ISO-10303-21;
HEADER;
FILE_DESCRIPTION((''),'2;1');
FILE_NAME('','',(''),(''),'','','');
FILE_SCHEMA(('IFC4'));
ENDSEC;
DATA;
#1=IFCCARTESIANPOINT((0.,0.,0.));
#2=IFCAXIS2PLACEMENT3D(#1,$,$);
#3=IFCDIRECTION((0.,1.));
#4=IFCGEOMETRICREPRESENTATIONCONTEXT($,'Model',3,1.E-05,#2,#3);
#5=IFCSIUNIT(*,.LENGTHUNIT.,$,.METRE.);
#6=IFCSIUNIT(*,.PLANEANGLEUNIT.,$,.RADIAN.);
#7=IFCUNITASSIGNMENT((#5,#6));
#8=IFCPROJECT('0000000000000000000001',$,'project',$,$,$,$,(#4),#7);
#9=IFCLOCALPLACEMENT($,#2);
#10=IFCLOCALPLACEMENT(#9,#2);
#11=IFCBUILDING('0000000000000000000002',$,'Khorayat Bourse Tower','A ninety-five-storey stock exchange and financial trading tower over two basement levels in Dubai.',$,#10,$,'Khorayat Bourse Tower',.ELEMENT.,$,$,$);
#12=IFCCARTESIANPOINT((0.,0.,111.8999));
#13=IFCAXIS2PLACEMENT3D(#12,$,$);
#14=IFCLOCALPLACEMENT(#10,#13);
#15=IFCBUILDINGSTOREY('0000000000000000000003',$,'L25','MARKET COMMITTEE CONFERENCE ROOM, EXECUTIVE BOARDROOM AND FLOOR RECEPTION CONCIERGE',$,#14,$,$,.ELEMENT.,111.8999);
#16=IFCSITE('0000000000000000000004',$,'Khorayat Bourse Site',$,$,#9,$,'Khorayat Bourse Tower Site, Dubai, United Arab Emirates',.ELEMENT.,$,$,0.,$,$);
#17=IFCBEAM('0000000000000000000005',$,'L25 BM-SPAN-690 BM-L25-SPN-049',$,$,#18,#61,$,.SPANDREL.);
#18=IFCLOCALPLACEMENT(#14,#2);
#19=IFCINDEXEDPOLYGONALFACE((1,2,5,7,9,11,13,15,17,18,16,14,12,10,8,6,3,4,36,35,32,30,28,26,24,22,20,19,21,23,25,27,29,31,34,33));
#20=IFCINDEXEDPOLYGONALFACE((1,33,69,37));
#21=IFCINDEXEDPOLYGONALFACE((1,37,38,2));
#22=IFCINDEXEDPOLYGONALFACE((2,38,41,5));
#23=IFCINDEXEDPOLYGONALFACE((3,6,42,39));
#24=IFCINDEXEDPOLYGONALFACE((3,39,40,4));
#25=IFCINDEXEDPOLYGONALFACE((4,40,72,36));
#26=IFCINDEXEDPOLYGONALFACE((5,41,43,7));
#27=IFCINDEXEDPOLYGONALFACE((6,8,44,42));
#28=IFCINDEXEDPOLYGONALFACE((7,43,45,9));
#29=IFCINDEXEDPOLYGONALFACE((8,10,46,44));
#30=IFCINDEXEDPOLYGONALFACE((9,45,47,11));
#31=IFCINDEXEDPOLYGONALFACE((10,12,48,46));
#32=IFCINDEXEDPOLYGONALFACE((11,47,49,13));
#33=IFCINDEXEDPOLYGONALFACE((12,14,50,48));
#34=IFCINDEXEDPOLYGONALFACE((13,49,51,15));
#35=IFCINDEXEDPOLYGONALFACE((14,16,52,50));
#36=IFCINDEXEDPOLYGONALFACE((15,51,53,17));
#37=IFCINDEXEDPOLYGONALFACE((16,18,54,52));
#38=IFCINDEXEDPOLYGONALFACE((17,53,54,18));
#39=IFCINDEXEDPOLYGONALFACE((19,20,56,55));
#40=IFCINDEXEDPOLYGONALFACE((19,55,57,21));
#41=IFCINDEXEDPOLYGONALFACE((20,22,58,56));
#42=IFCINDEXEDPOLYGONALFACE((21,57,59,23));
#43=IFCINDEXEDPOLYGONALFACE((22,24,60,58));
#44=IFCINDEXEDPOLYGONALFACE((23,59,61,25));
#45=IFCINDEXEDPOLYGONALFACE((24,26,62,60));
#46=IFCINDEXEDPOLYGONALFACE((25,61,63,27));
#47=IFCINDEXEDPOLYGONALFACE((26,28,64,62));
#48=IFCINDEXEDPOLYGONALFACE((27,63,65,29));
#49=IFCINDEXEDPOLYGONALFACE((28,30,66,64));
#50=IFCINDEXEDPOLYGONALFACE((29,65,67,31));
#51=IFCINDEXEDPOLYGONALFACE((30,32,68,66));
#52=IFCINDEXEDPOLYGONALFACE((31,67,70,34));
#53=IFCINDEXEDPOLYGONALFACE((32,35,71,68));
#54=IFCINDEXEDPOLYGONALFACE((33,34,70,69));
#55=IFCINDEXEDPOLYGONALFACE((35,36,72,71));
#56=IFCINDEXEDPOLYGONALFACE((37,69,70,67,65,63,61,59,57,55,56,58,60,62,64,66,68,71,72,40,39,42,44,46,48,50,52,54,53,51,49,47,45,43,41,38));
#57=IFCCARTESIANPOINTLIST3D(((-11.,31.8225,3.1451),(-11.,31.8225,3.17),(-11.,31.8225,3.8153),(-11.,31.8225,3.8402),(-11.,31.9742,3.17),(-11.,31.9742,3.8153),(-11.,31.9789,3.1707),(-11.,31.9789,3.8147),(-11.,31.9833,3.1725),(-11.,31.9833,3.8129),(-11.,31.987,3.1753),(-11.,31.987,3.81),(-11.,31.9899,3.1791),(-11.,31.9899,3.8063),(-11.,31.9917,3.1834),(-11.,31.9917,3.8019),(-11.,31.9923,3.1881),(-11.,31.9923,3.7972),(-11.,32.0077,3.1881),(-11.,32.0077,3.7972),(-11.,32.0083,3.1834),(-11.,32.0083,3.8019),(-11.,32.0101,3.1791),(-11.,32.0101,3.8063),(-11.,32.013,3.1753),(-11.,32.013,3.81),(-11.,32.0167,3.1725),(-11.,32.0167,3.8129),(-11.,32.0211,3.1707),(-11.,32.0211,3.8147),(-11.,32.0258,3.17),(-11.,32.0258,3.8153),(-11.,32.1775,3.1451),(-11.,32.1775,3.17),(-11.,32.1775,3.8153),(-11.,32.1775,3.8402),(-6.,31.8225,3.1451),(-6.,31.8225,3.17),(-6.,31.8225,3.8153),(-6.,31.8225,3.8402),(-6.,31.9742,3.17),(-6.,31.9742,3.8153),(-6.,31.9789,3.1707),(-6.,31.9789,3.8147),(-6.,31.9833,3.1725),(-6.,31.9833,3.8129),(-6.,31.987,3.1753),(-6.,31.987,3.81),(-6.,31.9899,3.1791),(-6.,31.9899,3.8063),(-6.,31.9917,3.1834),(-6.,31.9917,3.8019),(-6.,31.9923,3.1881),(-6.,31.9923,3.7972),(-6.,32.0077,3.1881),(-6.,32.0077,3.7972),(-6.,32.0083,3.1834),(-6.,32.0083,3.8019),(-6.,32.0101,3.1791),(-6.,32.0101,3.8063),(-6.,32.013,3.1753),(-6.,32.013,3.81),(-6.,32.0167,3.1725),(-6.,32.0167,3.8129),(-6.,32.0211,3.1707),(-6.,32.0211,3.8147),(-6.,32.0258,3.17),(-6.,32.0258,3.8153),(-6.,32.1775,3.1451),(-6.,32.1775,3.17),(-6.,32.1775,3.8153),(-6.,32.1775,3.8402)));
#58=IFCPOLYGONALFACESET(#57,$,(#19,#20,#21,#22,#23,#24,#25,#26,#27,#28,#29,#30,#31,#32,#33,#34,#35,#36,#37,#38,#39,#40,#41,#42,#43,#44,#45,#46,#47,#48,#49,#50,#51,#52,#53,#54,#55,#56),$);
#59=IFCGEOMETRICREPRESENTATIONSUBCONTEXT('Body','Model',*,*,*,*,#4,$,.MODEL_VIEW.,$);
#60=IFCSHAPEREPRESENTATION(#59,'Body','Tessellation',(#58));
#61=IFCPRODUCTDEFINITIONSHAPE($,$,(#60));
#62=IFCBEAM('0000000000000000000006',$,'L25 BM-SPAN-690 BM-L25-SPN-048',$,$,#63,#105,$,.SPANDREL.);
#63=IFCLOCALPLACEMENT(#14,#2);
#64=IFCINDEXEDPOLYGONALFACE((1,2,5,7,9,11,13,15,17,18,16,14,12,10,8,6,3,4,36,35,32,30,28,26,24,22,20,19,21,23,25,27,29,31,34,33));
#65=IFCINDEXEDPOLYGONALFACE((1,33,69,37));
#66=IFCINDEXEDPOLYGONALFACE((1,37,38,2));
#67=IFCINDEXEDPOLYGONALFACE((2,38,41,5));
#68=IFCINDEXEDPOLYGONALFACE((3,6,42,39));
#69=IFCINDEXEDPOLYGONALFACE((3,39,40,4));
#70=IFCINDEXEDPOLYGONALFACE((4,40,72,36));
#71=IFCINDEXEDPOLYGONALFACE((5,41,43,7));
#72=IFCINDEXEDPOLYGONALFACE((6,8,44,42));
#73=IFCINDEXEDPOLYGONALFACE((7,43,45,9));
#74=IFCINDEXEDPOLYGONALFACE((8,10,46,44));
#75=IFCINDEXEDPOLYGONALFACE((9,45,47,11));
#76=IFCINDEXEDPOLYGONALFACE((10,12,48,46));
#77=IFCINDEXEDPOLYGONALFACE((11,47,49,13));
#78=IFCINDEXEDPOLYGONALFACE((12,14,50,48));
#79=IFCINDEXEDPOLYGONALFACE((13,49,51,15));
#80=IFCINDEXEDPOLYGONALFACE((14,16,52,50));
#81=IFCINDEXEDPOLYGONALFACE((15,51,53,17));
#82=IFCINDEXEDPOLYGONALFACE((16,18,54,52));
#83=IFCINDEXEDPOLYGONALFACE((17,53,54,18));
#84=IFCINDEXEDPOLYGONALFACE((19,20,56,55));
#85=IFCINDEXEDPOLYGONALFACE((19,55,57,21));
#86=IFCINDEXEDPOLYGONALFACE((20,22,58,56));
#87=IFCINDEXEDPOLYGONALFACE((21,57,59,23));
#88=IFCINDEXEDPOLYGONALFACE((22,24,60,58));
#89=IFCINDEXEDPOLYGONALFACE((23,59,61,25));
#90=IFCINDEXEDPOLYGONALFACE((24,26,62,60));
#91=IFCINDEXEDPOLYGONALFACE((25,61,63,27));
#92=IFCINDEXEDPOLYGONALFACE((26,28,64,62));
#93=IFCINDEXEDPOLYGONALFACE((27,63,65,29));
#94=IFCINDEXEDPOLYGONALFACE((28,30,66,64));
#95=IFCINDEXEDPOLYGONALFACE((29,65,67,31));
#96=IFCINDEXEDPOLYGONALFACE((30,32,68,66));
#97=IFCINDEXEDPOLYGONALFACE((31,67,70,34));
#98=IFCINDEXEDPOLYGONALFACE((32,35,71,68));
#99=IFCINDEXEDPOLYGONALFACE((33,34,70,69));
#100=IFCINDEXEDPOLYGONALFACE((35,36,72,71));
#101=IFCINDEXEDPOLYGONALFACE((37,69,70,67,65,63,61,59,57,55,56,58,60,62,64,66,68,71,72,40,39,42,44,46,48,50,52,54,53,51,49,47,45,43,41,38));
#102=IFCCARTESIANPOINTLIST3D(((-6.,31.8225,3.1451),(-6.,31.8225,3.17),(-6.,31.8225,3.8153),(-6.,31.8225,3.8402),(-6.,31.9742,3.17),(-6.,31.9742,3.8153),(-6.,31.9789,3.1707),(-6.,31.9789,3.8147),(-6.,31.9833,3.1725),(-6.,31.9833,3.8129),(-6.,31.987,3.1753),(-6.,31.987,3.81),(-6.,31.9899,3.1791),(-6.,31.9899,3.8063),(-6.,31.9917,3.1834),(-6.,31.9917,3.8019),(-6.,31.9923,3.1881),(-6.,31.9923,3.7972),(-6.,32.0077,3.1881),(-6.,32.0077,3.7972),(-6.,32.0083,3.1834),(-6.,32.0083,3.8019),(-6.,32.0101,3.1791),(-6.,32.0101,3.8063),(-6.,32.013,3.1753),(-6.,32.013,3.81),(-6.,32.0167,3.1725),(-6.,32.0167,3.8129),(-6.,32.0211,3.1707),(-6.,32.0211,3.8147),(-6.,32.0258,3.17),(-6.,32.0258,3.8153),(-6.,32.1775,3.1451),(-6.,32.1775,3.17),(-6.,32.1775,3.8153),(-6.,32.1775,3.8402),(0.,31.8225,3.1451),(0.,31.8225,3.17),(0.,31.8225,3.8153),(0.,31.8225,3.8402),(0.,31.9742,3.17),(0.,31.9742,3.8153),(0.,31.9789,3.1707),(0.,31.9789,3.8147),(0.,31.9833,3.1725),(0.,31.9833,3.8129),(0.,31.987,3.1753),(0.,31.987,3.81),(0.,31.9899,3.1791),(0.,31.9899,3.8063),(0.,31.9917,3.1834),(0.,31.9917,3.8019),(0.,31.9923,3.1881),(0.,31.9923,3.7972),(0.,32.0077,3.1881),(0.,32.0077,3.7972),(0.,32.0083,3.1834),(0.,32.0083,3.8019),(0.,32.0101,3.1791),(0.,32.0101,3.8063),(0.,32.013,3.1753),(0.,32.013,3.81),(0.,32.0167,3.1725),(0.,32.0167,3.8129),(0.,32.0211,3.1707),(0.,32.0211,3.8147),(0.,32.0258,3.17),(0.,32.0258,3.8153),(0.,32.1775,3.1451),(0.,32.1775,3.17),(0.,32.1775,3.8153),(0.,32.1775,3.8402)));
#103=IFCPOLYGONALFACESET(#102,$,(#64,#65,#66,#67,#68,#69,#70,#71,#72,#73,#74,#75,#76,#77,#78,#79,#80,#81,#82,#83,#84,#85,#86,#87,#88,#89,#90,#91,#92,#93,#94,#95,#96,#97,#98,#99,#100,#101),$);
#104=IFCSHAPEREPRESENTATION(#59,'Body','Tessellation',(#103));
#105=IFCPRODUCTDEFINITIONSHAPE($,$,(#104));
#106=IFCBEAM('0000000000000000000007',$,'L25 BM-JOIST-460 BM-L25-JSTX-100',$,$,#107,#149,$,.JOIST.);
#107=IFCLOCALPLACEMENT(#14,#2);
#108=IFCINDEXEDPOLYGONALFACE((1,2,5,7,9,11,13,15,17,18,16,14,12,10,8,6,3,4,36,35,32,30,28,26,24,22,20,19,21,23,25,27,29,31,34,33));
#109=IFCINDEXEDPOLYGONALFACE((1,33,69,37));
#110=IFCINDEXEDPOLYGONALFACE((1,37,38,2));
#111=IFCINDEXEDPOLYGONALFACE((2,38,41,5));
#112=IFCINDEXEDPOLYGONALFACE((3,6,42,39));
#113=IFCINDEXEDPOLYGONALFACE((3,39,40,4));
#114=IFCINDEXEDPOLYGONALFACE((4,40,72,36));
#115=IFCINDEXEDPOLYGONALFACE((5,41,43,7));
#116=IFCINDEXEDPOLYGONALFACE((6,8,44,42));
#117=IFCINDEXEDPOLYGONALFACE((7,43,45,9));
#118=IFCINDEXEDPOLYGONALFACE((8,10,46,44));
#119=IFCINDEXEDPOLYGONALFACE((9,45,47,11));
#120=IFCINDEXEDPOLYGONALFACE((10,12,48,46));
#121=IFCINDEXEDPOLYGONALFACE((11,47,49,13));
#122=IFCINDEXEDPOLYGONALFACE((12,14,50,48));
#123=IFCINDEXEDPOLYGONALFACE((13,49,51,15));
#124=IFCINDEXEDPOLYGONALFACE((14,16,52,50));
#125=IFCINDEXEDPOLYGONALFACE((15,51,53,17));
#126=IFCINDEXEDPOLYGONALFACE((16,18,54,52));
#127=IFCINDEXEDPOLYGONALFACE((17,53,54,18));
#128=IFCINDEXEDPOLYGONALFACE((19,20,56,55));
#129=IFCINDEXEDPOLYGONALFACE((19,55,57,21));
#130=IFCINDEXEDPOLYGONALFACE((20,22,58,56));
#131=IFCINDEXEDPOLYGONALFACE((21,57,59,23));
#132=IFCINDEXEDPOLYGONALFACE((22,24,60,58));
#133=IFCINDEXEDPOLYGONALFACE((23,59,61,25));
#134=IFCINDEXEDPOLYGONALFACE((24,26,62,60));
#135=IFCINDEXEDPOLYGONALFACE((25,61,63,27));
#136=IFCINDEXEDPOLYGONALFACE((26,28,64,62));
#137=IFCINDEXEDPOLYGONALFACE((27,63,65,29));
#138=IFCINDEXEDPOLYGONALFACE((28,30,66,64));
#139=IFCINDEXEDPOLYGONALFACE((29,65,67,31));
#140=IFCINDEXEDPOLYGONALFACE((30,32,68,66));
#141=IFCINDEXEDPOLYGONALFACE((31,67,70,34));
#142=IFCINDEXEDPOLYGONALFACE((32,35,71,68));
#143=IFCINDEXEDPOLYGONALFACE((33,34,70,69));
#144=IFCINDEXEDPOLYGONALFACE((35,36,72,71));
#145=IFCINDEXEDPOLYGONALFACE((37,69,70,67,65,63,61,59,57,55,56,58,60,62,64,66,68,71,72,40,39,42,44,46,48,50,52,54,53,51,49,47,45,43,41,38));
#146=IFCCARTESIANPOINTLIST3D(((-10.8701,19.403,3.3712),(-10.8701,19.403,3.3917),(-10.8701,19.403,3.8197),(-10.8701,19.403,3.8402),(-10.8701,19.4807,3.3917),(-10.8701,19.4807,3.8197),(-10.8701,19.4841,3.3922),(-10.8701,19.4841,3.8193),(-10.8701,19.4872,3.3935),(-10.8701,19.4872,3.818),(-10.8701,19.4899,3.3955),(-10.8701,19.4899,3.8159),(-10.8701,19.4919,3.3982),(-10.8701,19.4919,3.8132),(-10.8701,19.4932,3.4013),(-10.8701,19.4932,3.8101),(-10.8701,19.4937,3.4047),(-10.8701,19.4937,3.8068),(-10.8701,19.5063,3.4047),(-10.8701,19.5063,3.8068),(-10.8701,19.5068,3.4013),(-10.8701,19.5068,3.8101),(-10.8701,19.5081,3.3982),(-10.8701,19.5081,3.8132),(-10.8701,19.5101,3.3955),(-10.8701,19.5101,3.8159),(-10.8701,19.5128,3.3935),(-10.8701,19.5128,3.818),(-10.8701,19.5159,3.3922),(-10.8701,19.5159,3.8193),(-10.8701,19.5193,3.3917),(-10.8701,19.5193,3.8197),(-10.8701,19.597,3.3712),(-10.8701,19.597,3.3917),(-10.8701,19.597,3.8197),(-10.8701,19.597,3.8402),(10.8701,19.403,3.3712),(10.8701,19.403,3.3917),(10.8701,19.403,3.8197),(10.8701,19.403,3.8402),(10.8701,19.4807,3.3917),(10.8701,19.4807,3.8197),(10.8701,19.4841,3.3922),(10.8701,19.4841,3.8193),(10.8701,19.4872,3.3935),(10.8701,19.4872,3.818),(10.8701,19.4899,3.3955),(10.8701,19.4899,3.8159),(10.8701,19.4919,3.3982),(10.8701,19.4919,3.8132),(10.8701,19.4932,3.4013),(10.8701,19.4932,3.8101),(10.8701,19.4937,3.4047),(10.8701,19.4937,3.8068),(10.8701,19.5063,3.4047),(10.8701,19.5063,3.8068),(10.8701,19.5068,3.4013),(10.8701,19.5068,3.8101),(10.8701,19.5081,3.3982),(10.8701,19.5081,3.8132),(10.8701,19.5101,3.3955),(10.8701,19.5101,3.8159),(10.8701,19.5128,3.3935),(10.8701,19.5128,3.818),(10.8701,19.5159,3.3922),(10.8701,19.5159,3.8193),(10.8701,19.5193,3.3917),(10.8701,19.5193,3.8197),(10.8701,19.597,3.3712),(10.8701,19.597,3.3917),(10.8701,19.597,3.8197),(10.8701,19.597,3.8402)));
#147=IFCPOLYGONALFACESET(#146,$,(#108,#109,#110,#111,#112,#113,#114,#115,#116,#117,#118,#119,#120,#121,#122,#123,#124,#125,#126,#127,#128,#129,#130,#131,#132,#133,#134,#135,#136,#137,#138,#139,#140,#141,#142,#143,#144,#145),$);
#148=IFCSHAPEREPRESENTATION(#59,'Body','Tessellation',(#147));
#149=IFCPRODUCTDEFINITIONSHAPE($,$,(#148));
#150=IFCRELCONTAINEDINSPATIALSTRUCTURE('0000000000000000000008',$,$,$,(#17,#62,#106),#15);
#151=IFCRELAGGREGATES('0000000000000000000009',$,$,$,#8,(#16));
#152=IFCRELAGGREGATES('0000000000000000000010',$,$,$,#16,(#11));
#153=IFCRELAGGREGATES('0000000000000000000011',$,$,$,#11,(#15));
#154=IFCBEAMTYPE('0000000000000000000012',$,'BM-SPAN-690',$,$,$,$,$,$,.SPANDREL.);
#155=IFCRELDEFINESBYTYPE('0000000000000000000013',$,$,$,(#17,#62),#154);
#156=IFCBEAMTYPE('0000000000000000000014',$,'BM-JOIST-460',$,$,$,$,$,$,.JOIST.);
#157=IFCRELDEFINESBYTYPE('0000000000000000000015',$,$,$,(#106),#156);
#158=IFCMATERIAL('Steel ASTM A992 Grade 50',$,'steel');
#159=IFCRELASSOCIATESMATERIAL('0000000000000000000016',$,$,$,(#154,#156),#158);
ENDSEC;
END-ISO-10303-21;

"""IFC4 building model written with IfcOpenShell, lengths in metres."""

from ifc_helpers import new_model, si_unit, direction, frame, origin, origin_2d, place, context, subcontext, project, spatial, i_section, extrude, source, transform, mapped, material, material_profile, profile_set, type_object, element, save


model = new_model("IFC4")

# Units and contexts
model_context = context("Model", 3, precision=1e-05, world=origin(), true_north=direction((0.0, 1.0)))
body_context = subcontext(model_context, "Body", "Model", "MODEL_VIEW")
ifc_project = project(units=[si_unit("LENGTHUNIT", "METRE"), si_unit("PLANEANGLEUNIT", "RADIAN")], contexts=[model_context])

# Site, building, storey
site_placement = place(None, origin())
site = spatial("IfcSite", under=ifc_project, at=site_placement, Name="Khorayat Bourse Site", LongName="Khorayat Bourse Tower Site, Dubai, United Arab Emirates", CompositionType="ELEMENT", RefElevation=0.0)
building_placement = place(site_placement, origin())
building = spatial("IfcBuilding", under=site, at=building_placement, Name="Khorayat Bourse Tower", Description="A ninety-five-storey stock exchange and financial trading tower over two basement levels in Dubai.", LongName="Khorayat Bourse Tower", CompositionType="ELEMENT")
storey_placement = place(building_placement, frame((0.0, 0.0, 111.8999)))
storey = spatial("IfcBuildingStorey", under=building, at=storey_placement, Name="L25", Description="MARKET COMMITTEE CONFERENCE ROOM, EXECUTIVE BOARDROOM AND FLOOR RECEPTION CONCIERGE", CompositionType="ELEMENT", Elevation=111.8999)

# Beams
ifc_material_1 = material(Name="Steel ASTM A992 Grade 50", Category="steel")
ifc_material_profile_1 = material_profile(ifc_material_1, i_section(OverallWidth=0.355, OverallDepth=0.6951, WebThickness=0.0154, FlangeThickness=0.0249, FilletRadius=0.0181, at=origin_2d()), Name="W690X217")
ifc_profile_set_1 = profile_set([ifc_material_profile_1], Name="Steel ASTM A992 Grade 50")
beam_type_1 = type_object("IfcBeamType", Name="BM-SPAN-690", PredefinedType="SPANDREL", material=ifc_profile_set_1)
shared_shape_1 = source(origin(), body_context, "Body", "SweptSolid", [
    extrude(i_section(OverallWidth=0.355, OverallDepth=0.6951, WebThickness=0.0154, FlangeThickness=0.0249, FilletRadius=0.0181, at=origin_2d()), origin(), (0.0, 0.0, 1.0), 5.0),
])
beam_1_placement = place(storey_placement, frame((-11.0, 32.0, 3.4927), z_axis=(1.0, 0.0, 0.0), x_axis=(0.0, 1.0, 0.0)))
element("IfcBeam", 1, at=beam_1_placement, inside=storey, type_object=beam_type_1, Name="L25 BM-SPAN-690 BM-L25-SPN-049", PredefinedType="SPANDREL", context=body_context, shape_type="MappedRepresentation", body=[
    mapped(shared_shape_1, transform((0.0, 0.0, 0.0), scale=1.0)),
])
shared_shape_2 = source(origin(), body_context, "Body", "SweptSolid", [
    extrude(i_section(OverallWidth=0.355, OverallDepth=0.6951, WebThickness=0.0154, FlangeThickness=0.0249, FilletRadius=0.0181, at=origin_2d()), origin(), (0.0, 0.0, 1.0), 6.0),
])
beam_2_placement = place(storey_placement, frame((-6.0, 32.0, 3.4927), z_axis=(1.0, 0.0, 0.0), x_axis=(0.0, 1.0, 0.0)))
element("IfcBeam", 2, at=beam_2_placement, inside=storey, type_object=beam_type_1, Name="L25 BM-SPAN-690 BM-L25-SPN-048", PredefinedType="SPANDREL", context=body_context, shape_type="MappedRepresentation", body=[
    mapped(shared_shape_2, transform((0.0, 0.0, 0.0), scale=1.0)),
])
ifc_material_profile_2 = material_profile(ifc_material_1, i_section(OverallWidth=0.1941, OverallDepth=0.469, WebThickness=0.0127, FlangeThickness=0.0205, FilletRadius=0.0129, at=origin_2d()), Name="W460X106")
ifc_profile_set_2 = profile_set([ifc_material_profile_2], Name="Steel ASTM A992 Grade 50")
beam_type_2 = type_object("IfcBeamType", Name="BM-JOIST-460", PredefinedType="JOIST", material=ifc_profile_set_2)
shared_shape_3 = source(origin(), body_context, "Body", "SweptSolid", [
    extrude(i_section(OverallWidth=0.1941, OverallDepth=0.469, WebThickness=0.0127, FlangeThickness=0.0205, FilletRadius=0.0129, at=origin_2d()), origin(), (0.0, 0.0, 1.0), 21.7402),
])
beam_3_placement = place(storey_placement, frame((-10.8701, 19.5, 3.6057), z_axis=(1.0, 0.0, 0.0), x_axis=(0.0, 1.0, 0.0)))
element("IfcBeam", 3, at=beam_3_placement, inside=storey, type_object=beam_type_2, Name="L25 BM-JOIST-460 BM-L25-JSTX-100", PredefinedType="JOIST", context=body_context, shape_type="MappedRepresentation", body=[
    mapped(shared_shape_3, transform((0.0, 0.0, 0.0), scale=1.0)),
])

save(model, "model.ifc")
